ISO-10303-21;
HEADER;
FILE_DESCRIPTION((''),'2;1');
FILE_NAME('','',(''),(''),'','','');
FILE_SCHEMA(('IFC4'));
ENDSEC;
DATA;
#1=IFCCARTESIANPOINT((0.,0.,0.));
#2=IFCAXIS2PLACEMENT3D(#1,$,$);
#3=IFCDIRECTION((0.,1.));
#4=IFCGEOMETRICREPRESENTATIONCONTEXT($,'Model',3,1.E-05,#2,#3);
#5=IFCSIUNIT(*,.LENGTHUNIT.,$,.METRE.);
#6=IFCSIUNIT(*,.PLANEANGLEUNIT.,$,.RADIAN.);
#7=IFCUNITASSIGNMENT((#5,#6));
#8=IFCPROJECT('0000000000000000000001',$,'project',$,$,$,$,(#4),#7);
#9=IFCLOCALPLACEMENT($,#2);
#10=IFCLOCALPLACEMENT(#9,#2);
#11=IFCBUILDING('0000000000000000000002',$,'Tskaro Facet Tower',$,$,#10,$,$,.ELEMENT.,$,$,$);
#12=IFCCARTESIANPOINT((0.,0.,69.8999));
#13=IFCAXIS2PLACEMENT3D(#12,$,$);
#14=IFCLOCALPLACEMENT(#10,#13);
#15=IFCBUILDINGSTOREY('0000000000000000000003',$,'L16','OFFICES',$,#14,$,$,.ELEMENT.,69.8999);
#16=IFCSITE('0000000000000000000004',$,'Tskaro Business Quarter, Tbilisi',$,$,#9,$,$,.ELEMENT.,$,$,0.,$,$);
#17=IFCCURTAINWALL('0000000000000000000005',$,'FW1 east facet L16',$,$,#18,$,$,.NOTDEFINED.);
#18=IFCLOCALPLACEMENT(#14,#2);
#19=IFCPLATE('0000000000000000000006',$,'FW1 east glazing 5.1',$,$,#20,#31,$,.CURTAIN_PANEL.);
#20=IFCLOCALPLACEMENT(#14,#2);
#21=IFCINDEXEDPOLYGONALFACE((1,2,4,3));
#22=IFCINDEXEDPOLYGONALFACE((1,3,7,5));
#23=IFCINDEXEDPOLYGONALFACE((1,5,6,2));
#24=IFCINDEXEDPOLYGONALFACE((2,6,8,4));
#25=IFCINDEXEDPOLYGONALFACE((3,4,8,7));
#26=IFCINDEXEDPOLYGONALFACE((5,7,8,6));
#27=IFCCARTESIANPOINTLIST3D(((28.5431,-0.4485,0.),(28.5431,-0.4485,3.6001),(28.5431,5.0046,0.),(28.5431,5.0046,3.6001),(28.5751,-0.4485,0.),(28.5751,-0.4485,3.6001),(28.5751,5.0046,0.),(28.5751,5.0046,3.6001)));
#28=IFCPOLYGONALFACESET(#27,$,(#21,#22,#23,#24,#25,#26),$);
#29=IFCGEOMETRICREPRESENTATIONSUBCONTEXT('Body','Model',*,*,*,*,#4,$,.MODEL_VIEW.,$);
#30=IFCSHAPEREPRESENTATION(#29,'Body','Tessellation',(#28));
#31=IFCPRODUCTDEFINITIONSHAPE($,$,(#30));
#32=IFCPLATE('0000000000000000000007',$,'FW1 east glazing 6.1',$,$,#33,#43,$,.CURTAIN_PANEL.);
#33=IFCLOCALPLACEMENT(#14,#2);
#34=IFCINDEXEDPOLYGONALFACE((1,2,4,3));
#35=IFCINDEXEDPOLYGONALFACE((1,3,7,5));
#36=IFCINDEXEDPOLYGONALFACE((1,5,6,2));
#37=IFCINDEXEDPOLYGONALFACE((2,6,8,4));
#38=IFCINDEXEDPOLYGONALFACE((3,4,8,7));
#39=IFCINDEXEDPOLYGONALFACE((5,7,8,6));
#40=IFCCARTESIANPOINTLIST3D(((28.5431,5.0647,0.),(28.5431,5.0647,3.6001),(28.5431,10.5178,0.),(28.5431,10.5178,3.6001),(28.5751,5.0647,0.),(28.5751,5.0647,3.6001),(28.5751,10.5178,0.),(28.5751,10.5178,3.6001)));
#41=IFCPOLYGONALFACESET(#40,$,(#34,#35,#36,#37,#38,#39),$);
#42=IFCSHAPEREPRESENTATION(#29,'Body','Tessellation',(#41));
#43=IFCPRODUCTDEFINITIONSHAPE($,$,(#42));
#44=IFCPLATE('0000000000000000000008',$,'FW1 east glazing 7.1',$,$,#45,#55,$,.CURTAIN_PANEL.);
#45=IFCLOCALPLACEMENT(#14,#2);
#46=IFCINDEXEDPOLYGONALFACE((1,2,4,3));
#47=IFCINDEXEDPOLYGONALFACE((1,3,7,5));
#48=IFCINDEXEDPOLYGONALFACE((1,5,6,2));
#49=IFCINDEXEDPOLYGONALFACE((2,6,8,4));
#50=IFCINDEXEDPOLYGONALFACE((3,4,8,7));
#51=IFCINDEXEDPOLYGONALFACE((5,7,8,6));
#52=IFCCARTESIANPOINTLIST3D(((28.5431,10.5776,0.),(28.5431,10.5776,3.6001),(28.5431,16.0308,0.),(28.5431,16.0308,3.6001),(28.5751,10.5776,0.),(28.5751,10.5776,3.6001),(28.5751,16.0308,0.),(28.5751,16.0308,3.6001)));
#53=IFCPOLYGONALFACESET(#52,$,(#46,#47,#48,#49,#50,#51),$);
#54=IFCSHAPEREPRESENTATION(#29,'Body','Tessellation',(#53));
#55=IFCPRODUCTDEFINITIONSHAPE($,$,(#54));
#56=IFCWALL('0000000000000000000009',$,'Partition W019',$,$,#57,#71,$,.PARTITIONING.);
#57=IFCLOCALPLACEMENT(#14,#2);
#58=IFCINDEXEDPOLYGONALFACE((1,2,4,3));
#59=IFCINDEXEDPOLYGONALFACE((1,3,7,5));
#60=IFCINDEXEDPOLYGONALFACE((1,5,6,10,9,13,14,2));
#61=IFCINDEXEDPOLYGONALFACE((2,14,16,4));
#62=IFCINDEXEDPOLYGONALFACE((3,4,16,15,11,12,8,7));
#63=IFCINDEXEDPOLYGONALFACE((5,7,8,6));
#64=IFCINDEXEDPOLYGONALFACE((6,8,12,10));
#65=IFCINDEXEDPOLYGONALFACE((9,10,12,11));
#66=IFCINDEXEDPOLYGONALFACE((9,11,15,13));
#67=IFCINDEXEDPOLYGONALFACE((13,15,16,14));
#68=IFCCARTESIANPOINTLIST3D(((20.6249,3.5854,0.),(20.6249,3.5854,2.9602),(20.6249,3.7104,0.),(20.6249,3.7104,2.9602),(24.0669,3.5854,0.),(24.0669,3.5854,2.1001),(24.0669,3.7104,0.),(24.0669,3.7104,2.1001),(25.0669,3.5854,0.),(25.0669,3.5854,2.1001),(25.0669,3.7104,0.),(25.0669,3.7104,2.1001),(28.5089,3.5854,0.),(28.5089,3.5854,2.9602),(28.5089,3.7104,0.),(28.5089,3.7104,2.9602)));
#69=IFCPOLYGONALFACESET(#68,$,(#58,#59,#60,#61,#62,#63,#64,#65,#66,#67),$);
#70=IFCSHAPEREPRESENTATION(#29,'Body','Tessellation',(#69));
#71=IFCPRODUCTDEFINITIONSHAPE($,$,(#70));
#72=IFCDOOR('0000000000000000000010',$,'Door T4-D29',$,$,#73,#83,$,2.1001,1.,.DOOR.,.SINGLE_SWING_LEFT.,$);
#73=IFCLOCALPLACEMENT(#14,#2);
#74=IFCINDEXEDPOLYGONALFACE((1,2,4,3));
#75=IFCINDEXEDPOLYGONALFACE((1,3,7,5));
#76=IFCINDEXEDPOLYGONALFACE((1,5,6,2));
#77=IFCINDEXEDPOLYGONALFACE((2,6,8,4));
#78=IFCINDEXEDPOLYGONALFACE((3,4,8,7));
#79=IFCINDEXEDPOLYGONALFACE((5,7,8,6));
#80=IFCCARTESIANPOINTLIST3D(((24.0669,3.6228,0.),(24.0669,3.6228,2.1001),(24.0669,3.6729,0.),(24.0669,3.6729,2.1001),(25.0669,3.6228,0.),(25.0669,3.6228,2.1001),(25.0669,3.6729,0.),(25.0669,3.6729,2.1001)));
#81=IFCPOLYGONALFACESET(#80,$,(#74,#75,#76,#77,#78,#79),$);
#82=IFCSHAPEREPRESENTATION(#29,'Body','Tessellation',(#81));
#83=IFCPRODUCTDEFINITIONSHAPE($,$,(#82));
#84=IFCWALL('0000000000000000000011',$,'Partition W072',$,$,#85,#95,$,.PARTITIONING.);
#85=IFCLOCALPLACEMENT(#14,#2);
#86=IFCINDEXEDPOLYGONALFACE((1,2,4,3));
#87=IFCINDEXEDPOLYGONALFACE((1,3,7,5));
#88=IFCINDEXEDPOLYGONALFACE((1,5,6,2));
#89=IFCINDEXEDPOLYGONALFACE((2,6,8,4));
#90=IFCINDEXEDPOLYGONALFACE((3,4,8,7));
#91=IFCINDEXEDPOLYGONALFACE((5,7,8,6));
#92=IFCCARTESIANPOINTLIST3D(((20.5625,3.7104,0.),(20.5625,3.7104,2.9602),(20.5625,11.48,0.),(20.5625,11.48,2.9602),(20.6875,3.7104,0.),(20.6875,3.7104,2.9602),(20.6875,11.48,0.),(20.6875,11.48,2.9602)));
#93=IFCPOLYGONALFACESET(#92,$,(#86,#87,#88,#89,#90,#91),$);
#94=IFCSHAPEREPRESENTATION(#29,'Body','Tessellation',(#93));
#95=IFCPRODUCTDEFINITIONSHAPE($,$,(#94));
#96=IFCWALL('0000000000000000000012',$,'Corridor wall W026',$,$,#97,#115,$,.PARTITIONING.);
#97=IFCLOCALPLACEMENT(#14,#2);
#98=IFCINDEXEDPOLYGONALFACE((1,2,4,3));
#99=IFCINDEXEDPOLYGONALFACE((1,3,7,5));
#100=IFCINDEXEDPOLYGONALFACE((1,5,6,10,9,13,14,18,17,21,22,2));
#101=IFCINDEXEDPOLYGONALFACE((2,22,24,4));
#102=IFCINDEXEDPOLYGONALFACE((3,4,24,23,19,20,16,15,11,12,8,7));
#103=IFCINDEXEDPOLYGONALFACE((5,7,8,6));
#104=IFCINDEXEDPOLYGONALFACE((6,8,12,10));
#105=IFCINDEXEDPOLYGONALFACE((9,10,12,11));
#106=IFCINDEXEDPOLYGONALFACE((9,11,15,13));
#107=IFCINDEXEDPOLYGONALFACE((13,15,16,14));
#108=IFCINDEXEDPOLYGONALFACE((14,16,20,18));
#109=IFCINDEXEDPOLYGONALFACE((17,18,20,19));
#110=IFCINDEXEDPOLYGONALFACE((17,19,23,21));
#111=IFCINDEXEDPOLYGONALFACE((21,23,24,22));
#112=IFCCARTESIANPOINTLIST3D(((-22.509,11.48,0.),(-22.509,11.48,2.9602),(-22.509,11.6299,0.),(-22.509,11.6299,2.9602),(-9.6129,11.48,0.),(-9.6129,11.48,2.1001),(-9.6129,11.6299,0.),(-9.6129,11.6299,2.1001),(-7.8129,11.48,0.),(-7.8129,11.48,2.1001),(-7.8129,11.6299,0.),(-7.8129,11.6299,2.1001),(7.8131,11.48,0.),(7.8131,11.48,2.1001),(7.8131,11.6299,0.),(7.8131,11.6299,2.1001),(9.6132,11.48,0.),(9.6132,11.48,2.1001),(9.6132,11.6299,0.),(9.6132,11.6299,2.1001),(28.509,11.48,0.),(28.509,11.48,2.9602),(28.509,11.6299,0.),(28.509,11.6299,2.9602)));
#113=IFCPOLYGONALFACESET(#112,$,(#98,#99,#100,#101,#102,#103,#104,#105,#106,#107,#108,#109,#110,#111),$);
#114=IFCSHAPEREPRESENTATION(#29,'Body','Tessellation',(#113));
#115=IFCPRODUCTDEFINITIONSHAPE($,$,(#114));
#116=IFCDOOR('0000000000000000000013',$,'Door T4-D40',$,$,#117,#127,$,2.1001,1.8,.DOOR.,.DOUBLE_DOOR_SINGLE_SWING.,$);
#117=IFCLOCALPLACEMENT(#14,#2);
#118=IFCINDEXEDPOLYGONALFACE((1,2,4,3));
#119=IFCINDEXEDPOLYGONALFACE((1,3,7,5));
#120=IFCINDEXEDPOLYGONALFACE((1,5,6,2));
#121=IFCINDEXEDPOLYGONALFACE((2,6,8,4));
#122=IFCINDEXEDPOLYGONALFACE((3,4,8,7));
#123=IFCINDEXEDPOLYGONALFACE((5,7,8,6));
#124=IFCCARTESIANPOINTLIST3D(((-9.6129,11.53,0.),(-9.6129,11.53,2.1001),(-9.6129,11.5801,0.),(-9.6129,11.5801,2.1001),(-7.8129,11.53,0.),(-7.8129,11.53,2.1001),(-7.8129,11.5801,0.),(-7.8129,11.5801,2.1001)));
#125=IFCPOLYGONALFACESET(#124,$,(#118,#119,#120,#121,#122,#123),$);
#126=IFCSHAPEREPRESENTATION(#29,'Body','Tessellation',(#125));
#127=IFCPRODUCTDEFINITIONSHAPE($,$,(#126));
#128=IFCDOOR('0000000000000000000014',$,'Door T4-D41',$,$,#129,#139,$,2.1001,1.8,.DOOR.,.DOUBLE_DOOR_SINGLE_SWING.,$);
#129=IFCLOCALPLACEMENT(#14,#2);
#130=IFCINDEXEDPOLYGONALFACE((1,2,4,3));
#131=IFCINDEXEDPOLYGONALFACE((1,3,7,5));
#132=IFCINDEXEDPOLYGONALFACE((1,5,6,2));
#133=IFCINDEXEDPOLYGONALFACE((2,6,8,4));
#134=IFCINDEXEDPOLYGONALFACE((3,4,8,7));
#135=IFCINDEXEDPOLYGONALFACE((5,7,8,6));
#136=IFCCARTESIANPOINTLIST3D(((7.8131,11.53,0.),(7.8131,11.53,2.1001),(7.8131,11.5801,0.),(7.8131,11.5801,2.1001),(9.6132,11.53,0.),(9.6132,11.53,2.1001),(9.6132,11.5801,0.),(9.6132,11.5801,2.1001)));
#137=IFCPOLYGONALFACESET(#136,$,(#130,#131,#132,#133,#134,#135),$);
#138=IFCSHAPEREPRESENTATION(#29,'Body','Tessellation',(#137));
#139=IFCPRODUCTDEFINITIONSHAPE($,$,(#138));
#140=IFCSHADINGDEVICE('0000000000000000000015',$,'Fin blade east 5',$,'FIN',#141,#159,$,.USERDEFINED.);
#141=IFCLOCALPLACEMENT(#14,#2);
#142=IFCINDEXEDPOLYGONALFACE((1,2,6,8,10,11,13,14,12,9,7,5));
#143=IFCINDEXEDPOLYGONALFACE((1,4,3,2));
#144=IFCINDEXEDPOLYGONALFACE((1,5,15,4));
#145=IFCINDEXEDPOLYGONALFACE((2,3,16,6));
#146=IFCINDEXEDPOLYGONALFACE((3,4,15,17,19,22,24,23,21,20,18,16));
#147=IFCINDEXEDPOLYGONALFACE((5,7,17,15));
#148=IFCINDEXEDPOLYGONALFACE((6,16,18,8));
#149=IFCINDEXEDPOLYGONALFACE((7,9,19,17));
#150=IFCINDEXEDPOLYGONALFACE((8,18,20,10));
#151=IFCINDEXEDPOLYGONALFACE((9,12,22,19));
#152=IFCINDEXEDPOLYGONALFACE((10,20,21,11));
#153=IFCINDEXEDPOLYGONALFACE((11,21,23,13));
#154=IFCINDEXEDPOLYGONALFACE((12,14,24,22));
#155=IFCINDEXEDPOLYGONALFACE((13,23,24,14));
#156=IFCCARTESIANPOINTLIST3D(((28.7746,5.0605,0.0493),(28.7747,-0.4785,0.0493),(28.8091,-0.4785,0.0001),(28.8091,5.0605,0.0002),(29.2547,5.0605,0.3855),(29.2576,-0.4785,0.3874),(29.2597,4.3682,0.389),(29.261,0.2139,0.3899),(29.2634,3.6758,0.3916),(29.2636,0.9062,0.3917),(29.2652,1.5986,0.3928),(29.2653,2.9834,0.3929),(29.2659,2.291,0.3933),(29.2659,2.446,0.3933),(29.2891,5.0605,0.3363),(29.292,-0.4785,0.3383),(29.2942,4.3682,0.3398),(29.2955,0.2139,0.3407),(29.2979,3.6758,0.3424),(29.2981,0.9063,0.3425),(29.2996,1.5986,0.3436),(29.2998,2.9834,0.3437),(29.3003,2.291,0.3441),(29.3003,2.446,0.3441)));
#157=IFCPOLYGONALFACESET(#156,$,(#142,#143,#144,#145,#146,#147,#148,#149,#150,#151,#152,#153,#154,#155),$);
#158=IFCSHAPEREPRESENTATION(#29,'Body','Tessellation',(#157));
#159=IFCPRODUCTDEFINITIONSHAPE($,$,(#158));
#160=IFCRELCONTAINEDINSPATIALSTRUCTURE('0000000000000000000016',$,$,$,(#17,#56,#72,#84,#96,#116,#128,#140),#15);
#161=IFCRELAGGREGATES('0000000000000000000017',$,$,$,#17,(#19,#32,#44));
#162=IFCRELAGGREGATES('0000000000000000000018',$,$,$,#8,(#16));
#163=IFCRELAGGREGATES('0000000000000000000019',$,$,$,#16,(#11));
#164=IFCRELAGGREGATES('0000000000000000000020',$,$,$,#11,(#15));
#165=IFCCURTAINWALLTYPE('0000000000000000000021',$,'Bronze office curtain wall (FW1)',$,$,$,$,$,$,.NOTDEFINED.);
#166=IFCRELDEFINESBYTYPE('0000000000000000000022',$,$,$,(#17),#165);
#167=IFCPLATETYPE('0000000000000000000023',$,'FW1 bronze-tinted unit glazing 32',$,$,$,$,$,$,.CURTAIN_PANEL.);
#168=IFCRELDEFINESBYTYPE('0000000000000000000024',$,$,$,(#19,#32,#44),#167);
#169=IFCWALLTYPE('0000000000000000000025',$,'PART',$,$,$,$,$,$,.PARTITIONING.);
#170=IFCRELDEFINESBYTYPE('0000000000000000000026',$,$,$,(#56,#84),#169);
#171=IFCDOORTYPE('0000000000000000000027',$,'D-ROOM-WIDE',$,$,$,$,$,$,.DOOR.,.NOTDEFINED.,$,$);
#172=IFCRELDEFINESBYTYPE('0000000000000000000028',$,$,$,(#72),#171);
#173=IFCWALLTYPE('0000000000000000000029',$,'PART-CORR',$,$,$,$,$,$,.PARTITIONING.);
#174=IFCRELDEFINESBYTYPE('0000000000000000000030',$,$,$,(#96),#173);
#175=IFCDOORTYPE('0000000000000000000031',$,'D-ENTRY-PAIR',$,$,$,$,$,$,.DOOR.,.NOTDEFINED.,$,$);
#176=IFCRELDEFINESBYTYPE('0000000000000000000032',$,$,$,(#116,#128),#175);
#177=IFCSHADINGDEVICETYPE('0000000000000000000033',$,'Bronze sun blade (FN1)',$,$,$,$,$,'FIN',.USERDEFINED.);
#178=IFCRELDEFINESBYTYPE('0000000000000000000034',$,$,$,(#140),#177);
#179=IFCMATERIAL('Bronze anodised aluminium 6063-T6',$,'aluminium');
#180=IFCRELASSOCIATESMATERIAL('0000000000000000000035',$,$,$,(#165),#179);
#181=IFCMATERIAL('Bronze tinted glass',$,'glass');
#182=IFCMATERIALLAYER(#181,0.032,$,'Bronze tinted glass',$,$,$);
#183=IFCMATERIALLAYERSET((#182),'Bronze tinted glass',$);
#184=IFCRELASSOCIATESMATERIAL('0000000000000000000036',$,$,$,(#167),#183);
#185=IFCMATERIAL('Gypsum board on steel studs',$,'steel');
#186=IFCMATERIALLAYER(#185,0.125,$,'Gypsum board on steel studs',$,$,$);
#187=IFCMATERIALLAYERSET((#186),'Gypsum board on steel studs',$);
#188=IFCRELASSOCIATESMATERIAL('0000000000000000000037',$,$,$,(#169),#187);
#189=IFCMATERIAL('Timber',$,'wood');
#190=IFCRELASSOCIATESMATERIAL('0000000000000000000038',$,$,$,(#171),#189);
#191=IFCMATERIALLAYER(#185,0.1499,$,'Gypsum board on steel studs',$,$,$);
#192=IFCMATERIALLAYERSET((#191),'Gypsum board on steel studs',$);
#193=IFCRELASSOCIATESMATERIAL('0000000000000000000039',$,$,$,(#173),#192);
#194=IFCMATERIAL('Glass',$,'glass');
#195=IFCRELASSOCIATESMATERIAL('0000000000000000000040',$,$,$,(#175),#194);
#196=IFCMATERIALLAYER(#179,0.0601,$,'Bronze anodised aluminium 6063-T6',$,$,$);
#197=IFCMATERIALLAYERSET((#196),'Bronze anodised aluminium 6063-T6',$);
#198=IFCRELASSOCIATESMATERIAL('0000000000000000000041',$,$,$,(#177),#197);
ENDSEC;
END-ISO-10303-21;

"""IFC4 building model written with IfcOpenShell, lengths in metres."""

from ifc_helpers import new_model, si_unit, direction, frame, frame_2d, origin, origin_2d, place, context, subcontext, project, spatial, polyline, rectangle, outline, extrude, material, layer, layer_set, type_object, element, fill, aggregate, save


model = new_model("IFC4")

# Units and contexts
model_context = context("Model", 3, precision=1e-05, world=origin(), true_north=direction((0.0, 1.0)))
body_context = subcontext(model_context, "Body", "Model", "MODEL_VIEW")
ifc_project = project(units=[si_unit("LENGTHUNIT", "METRE"), si_unit("PLANEANGLEUNIT", "RADIAN")], contexts=[model_context])

# Site, building, storey
site_placement = place(None, origin())
site = spatial("IfcSite", under=ifc_project, at=site_placement, Name="Tskaro Business Quarter, Tbilisi", CompositionType="ELEMENT", RefElevation=0.0)
building_placement = place(site_placement, origin())
building = spatial("IfcBuilding", under=site, at=building_placement, Name="Tskaro Facet Tower", CompositionType="ELEMENT")
storey_placement = place(building_placement, frame((0.0, 0.0, 69.8999)))
storey = spatial("IfcBuildingStorey", under=building, at=storey_placement, Name="L16", Description="OFFICES", CompositionType="ELEMENT", Elevation=69.8999)

# Curtain wall
ifc_material_1 = material(Name="Bronze anodised aluminium 6063-T6", Category="aluminium")
curtain_wall_type = type_object("IfcCurtainWallType", Name="Bronze office curtain wall (FW1)", PredefinedType="NOTDEFINED", material=ifc_material_1)
curtain_wall_placement = place(storey_placement, origin())
curtain_wall = element("IfcCurtainWall", 1, at=curtain_wall_placement, inside=storey, type_object=curtain_wall_type, Name="FW1 east facet L16", PredefinedType="NOTDEFINED")

# Plates
ifc_material_2 = material(Name="Bronze tinted glass", Category="glass")
ifc_layer_1 = layer(ifc_material_2, 0.032, Name="Bronze tinted glass")
ifc_layer_set_1 = layer_set([ifc_layer_1], Name="Bronze tinted glass")
plate_type = type_object("IfcPlateType", Name="FW1 bronze-tinted unit glazing 32", PredefinedType="CURTAIN_PANEL", material=ifc_layer_set_1)
plate_1_placement = place(storey_placement, frame((28.5591, 2.2781, 0.0), z_axis=(0.0, 0.0, 1.0), x_axis=(0.0, 1.0, 0.0)))
plate_1 = element("IfcPlate", 2, at=plate_1_placement, type_object=plate_type, Name="FW1 east glazing 5.1", PredefinedType="CURTAIN_PANEL", context=body_context, shape_type="SweptSolid", body=[
    extrude(rectangle(XDim=5.4531, YDim=0.032, at=origin_2d()), origin(), (0.0, 0.0, 1.0), 3.6001),
])
plate_2_placement = place(storey_placement, frame((28.5591, 7.7913, 0.0), z_axis=(0.0, 0.0, 1.0), x_axis=(0.0, 1.0, 0.0)))
plate_2 = element("IfcPlate", 3, at=plate_2_placement, type_object=plate_type, Name="FW1 east glazing 6.1", PredefinedType="CURTAIN_PANEL", context=body_context, shape_type="SweptSolid", body=[
    extrude(rectangle(XDim=5.4531, YDim=0.032, at=origin_2d()), origin(), (0.0, 0.0, 1.0), 3.6001),
])
plate_3_placement = place(storey_placement, frame((28.5591, 13.3042, 0.0), z_axis=(0.0, 0.0, 1.0), x_axis=(0.0, 1.0, 0.0)))
plate_3 = element("IfcPlate", 4, at=plate_3_placement, type_object=plate_type, Name="FW1 east glazing 7.1", PredefinedType="CURTAIN_PANEL", context=body_context, shape_type="SweptSolid", body=[
    extrude(rectangle(XDim=5.4531, YDim=0.032, at=origin_2d()), origin(), (0.0, 0.0, 1.0), 3.6001),
])
aggregate(curtain_wall, [plate_1, plate_2, plate_3])

# Wall, opening, door
ifc_material_3 = material(Name="Gypsum board on steel studs", Category="steel")
ifc_layer_2 = layer(ifc_material_3, 0.125, Name="Gypsum board on steel studs")
ifc_layer_set_2 = layer_set([ifc_layer_2], Name="Gypsum board on steel studs")
wall_type_1 = type_object("IfcWallType", Name="PART", PredefinedType="PARTITIONING", material=ifc_layer_set_2)
wall_1_placement = place(storey_placement, frame((20.625, 3.6479, 0.0), z_axis=(0.0, 0.0, 1.0), x_axis=(1.0, 0.0, 0.0)))
wall_1 = element("IfcWall", 5, at=wall_1_placement, inside=storey, type_object=wall_type_1, Name="Partition W019", PredefinedType="PARTITIONING", context=body_context, shape_type="SweptSolid", body=[
    extrude(rectangle(XDim=7.884, YDim=0.125, at=frame_2d((3.9419, 0.0))), origin(), (0.0, 0.0, 1.0), 2.9602),
])
opening_1_placement = place(wall_1_placement, frame((3.4419, 0.0, 0.0)))
opening_1 = element("IfcOpeningElement", 6, at=opening_1_placement, cuts=wall_1, PredefinedType="OPENING", context=body_context, shape_type="SweptSolid", body=[
    extrude(rectangle(XDim=1.0, YDim=2.1001, at=frame_2d((0.5, 1.05))), frame((0.0, 0.0725, 0.0), z_axis=(0.0, -1.0, 0.0), x_axis=(1.0, 0.0, 0.0)), (0.0, 0.0, 1.0), 0.145),
])
ifc_material_4 = material(Name="Timber", Category="wood")
door_type_1 = type_object("IfcDoorType", Name="D-ROOM-WIDE", OperationType="NOTDEFINED", PredefinedType="DOOR", material=ifc_material_4)
door_1_placement = place(opening_1_placement, origin())
door_1 = element("IfcDoor", 7, at=door_1_placement, inside=storey, type_object=door_type_1, Name="Door T4-D29", OperationType="SINGLE_SWING_LEFT", OverallHeight=2.1001, OverallWidth=1.0, PredefinedType="DOOR", context=body_context, shape_type="SweptSolid", body=[
    extrude(rectangle(XDim=1.0, YDim=2.1001, at=frame_2d((0.5, 1.05))), frame((0.0, 0.0249, 0.0), z_axis=(0.0, -1.0, 0.0), x_axis=(1.0, 0.0, 0.0)), (0.0, 0.0, 1.0), 0.05),
])
fill(opening_1, door_1)

# Wall
wall_2_placement = place(storey_placement, frame((20.625, 3.7104, 0.0), z_axis=(0.0, 0.0, 1.0), x_axis=(0.0, 1.0, 0.0)))
element("IfcWall", 8, at=wall_2_placement, inside=storey, type_object=wall_type_1, Name="Partition W072", PredefinedType="PARTITIONING", context=body_context, shape_type="SweptSolid", body=[
    extrude(rectangle(XDim=7.7695, YDim=0.125, at=frame_2d((3.8848, 0.0))), origin(), (0.0, 0.0, 1.0), 2.9602),
])

# Wall, openings, doors
ifc_layer_3 = layer(ifc_material_3, 0.1499, Name="Gypsum board on steel studs")
ifc_layer_set_3 = layer_set([ifc_layer_3], Name="Gypsum board on steel studs")
wall_type_2 = type_object("IfcWallType", Name="PART-CORR", PredefinedType="PARTITIONING", material=ifc_layer_set_3)
wall_3_placement = place(storey_placement, frame((28.509, 11.5549, 0.0), z_axis=(0.0, 0.0, 1.0), x_axis=(-1.0, 0.0, 0.0)))
wall_3 = element("IfcWall", 9, at=wall_3_placement, inside=storey, type_object=wall_type_2, Name="Corridor wall W026", PredefinedType="PARTITIONING", context=body_context, shape_type="SweptSolid", body=[
    extrude(rectangle(XDim=51.0181, YDim=0.1499, at=frame_2d((25.509, 0.0))), origin(), (0.0, 0.0, 1.0), 2.9602),
])
opening_2_placement = place(wall_3_placement, frame((36.322, 0.0, 0.0)))
opening_2 = element("IfcOpeningElement", 10, at=opening_2_placement, cuts=wall_3, PredefinedType="OPENING", context=body_context, shape_type="SweptSolid", body=[
    extrude(rectangle(XDim=1.8, YDim=2.1001, at=frame_2d((0.8999, 1.05))), frame((0.0, 0.085, 0.0), z_axis=(0.0, -1.0, 0.0), x_axis=(1.0, 0.0, 0.0)), (0.0, 0.0, 1.0), 0.1699),
])
opening_3_placement = place(wall_3_placement, frame((18.896, 0.0, 0.0)))
opening_3 = element("IfcOpeningElement", 11, at=opening_3_placement, cuts=wall_3, PredefinedType="OPENING", context=body_context, shape_type="SweptSolid", body=[
    extrude(rectangle(XDim=1.8, YDim=2.1001, at=frame_2d((0.8999, 1.05))), frame((0.0, 0.085, 0.0), z_axis=(0.0, -1.0, 0.0), x_axis=(1.0, 0.0, 0.0)), (0.0, 0.0, 1.0), 0.1699),
])
ifc_material_5 = material(Name="Glass", Category="glass")
door_type_2 = type_object("IfcDoorType", Name="D-ENTRY-PAIR", OperationType="NOTDEFINED", PredefinedType="DOOR", material=ifc_material_5)
door_2_placement = place(opening_2_placement, origin())
door_2 = element("IfcDoor", 12, at=door_2_placement, inside=storey, type_object=door_type_2, Name="Door T4-D40", OperationType="DOUBLE_DOOR_SINGLE_SWING", OverallHeight=2.1001, OverallWidth=1.8, PredefinedType="DOOR", context=body_context, shape_type="SweptSolid", body=[
    extrude(rectangle(XDim=1.8, YDim=2.1001, at=frame_2d((0.8999, 1.05))), frame((0.0, 0.0249, 0.0), z_axis=(0.0, -1.0, 0.0), x_axis=(1.0, 0.0, 0.0)), (0.0, 0.0, 1.0), 0.05),
])
fill(opening_2, door_2)
door_3_placement = place(opening_3_placement, origin())
door_3 = element("IfcDoor", 13, at=door_3_placement, inside=storey, type_object=door_type_2, Name="Door T4-D41", OperationType="DOUBLE_DOOR_SINGLE_SWING", OverallHeight=2.1001, OverallWidth=1.8, PredefinedType="DOOR", context=body_context, shape_type="SweptSolid", body=[
    extrude(rectangle(XDim=1.8, YDim=2.1001, at=frame_2d((0.8999, 1.05))), frame((0.0, 0.0249, 0.0), z_axis=(0.0, -1.0, 0.0), x_axis=(1.0, 0.0, 0.0)), (0.0, 0.0, 1.0), 0.05),
])
fill(opening_3, door_3)

# Shading device
ifc_layer_4 = layer(ifc_material_1, 0.0601, Name="Bronze anodised aluminium 6063-T6")
ifc_layer_set_4 = layer_set([ifc_layer_4], Name="Bronze anodised aluminium 6063-T6")
shading_device_type = type_object("IfcShadingDeviceType", Name="Bronze sun blade (FN1)", ElementType="FIN", PredefinedType="USERDEFINED", material=ifc_layer_set_4)
shading_device_1_placement = place(storey_placement, frame((28.7747, -0.4785, 0.0493), z_axis=(-0.573571, -0.000007, 0.819156), x_axis=(-0.000004, 1.0, 0.000006)))
element("IfcShadingDevice", 14, at=shading_device_1_placement, inside=storey, type_object=shading_device_type, Name="Fin blade east 5", ObjectType="FIN", PredefinedType="USERDEFINED", context=body_context, shape_type="SweptSolid", body=[
    extrude(outline(polyline([(0.0, 0.0), (5.5391, 0.0), (5.5391, -0.586), (4.8467, -0.5922), (4.1543, -0.5967), (3.4619, -0.599), (2.9246, -0.5997), (2.7695, -0.5997), (2.0771, -0.5988), (1.3848, -0.5969), (0.6924, -0.5937), (0.0, -0.5895), (0.0, 0.0)])), origin(), (0.0, 0.0, -1.0), 0.0601),
])

save(model, "model.ifc")
